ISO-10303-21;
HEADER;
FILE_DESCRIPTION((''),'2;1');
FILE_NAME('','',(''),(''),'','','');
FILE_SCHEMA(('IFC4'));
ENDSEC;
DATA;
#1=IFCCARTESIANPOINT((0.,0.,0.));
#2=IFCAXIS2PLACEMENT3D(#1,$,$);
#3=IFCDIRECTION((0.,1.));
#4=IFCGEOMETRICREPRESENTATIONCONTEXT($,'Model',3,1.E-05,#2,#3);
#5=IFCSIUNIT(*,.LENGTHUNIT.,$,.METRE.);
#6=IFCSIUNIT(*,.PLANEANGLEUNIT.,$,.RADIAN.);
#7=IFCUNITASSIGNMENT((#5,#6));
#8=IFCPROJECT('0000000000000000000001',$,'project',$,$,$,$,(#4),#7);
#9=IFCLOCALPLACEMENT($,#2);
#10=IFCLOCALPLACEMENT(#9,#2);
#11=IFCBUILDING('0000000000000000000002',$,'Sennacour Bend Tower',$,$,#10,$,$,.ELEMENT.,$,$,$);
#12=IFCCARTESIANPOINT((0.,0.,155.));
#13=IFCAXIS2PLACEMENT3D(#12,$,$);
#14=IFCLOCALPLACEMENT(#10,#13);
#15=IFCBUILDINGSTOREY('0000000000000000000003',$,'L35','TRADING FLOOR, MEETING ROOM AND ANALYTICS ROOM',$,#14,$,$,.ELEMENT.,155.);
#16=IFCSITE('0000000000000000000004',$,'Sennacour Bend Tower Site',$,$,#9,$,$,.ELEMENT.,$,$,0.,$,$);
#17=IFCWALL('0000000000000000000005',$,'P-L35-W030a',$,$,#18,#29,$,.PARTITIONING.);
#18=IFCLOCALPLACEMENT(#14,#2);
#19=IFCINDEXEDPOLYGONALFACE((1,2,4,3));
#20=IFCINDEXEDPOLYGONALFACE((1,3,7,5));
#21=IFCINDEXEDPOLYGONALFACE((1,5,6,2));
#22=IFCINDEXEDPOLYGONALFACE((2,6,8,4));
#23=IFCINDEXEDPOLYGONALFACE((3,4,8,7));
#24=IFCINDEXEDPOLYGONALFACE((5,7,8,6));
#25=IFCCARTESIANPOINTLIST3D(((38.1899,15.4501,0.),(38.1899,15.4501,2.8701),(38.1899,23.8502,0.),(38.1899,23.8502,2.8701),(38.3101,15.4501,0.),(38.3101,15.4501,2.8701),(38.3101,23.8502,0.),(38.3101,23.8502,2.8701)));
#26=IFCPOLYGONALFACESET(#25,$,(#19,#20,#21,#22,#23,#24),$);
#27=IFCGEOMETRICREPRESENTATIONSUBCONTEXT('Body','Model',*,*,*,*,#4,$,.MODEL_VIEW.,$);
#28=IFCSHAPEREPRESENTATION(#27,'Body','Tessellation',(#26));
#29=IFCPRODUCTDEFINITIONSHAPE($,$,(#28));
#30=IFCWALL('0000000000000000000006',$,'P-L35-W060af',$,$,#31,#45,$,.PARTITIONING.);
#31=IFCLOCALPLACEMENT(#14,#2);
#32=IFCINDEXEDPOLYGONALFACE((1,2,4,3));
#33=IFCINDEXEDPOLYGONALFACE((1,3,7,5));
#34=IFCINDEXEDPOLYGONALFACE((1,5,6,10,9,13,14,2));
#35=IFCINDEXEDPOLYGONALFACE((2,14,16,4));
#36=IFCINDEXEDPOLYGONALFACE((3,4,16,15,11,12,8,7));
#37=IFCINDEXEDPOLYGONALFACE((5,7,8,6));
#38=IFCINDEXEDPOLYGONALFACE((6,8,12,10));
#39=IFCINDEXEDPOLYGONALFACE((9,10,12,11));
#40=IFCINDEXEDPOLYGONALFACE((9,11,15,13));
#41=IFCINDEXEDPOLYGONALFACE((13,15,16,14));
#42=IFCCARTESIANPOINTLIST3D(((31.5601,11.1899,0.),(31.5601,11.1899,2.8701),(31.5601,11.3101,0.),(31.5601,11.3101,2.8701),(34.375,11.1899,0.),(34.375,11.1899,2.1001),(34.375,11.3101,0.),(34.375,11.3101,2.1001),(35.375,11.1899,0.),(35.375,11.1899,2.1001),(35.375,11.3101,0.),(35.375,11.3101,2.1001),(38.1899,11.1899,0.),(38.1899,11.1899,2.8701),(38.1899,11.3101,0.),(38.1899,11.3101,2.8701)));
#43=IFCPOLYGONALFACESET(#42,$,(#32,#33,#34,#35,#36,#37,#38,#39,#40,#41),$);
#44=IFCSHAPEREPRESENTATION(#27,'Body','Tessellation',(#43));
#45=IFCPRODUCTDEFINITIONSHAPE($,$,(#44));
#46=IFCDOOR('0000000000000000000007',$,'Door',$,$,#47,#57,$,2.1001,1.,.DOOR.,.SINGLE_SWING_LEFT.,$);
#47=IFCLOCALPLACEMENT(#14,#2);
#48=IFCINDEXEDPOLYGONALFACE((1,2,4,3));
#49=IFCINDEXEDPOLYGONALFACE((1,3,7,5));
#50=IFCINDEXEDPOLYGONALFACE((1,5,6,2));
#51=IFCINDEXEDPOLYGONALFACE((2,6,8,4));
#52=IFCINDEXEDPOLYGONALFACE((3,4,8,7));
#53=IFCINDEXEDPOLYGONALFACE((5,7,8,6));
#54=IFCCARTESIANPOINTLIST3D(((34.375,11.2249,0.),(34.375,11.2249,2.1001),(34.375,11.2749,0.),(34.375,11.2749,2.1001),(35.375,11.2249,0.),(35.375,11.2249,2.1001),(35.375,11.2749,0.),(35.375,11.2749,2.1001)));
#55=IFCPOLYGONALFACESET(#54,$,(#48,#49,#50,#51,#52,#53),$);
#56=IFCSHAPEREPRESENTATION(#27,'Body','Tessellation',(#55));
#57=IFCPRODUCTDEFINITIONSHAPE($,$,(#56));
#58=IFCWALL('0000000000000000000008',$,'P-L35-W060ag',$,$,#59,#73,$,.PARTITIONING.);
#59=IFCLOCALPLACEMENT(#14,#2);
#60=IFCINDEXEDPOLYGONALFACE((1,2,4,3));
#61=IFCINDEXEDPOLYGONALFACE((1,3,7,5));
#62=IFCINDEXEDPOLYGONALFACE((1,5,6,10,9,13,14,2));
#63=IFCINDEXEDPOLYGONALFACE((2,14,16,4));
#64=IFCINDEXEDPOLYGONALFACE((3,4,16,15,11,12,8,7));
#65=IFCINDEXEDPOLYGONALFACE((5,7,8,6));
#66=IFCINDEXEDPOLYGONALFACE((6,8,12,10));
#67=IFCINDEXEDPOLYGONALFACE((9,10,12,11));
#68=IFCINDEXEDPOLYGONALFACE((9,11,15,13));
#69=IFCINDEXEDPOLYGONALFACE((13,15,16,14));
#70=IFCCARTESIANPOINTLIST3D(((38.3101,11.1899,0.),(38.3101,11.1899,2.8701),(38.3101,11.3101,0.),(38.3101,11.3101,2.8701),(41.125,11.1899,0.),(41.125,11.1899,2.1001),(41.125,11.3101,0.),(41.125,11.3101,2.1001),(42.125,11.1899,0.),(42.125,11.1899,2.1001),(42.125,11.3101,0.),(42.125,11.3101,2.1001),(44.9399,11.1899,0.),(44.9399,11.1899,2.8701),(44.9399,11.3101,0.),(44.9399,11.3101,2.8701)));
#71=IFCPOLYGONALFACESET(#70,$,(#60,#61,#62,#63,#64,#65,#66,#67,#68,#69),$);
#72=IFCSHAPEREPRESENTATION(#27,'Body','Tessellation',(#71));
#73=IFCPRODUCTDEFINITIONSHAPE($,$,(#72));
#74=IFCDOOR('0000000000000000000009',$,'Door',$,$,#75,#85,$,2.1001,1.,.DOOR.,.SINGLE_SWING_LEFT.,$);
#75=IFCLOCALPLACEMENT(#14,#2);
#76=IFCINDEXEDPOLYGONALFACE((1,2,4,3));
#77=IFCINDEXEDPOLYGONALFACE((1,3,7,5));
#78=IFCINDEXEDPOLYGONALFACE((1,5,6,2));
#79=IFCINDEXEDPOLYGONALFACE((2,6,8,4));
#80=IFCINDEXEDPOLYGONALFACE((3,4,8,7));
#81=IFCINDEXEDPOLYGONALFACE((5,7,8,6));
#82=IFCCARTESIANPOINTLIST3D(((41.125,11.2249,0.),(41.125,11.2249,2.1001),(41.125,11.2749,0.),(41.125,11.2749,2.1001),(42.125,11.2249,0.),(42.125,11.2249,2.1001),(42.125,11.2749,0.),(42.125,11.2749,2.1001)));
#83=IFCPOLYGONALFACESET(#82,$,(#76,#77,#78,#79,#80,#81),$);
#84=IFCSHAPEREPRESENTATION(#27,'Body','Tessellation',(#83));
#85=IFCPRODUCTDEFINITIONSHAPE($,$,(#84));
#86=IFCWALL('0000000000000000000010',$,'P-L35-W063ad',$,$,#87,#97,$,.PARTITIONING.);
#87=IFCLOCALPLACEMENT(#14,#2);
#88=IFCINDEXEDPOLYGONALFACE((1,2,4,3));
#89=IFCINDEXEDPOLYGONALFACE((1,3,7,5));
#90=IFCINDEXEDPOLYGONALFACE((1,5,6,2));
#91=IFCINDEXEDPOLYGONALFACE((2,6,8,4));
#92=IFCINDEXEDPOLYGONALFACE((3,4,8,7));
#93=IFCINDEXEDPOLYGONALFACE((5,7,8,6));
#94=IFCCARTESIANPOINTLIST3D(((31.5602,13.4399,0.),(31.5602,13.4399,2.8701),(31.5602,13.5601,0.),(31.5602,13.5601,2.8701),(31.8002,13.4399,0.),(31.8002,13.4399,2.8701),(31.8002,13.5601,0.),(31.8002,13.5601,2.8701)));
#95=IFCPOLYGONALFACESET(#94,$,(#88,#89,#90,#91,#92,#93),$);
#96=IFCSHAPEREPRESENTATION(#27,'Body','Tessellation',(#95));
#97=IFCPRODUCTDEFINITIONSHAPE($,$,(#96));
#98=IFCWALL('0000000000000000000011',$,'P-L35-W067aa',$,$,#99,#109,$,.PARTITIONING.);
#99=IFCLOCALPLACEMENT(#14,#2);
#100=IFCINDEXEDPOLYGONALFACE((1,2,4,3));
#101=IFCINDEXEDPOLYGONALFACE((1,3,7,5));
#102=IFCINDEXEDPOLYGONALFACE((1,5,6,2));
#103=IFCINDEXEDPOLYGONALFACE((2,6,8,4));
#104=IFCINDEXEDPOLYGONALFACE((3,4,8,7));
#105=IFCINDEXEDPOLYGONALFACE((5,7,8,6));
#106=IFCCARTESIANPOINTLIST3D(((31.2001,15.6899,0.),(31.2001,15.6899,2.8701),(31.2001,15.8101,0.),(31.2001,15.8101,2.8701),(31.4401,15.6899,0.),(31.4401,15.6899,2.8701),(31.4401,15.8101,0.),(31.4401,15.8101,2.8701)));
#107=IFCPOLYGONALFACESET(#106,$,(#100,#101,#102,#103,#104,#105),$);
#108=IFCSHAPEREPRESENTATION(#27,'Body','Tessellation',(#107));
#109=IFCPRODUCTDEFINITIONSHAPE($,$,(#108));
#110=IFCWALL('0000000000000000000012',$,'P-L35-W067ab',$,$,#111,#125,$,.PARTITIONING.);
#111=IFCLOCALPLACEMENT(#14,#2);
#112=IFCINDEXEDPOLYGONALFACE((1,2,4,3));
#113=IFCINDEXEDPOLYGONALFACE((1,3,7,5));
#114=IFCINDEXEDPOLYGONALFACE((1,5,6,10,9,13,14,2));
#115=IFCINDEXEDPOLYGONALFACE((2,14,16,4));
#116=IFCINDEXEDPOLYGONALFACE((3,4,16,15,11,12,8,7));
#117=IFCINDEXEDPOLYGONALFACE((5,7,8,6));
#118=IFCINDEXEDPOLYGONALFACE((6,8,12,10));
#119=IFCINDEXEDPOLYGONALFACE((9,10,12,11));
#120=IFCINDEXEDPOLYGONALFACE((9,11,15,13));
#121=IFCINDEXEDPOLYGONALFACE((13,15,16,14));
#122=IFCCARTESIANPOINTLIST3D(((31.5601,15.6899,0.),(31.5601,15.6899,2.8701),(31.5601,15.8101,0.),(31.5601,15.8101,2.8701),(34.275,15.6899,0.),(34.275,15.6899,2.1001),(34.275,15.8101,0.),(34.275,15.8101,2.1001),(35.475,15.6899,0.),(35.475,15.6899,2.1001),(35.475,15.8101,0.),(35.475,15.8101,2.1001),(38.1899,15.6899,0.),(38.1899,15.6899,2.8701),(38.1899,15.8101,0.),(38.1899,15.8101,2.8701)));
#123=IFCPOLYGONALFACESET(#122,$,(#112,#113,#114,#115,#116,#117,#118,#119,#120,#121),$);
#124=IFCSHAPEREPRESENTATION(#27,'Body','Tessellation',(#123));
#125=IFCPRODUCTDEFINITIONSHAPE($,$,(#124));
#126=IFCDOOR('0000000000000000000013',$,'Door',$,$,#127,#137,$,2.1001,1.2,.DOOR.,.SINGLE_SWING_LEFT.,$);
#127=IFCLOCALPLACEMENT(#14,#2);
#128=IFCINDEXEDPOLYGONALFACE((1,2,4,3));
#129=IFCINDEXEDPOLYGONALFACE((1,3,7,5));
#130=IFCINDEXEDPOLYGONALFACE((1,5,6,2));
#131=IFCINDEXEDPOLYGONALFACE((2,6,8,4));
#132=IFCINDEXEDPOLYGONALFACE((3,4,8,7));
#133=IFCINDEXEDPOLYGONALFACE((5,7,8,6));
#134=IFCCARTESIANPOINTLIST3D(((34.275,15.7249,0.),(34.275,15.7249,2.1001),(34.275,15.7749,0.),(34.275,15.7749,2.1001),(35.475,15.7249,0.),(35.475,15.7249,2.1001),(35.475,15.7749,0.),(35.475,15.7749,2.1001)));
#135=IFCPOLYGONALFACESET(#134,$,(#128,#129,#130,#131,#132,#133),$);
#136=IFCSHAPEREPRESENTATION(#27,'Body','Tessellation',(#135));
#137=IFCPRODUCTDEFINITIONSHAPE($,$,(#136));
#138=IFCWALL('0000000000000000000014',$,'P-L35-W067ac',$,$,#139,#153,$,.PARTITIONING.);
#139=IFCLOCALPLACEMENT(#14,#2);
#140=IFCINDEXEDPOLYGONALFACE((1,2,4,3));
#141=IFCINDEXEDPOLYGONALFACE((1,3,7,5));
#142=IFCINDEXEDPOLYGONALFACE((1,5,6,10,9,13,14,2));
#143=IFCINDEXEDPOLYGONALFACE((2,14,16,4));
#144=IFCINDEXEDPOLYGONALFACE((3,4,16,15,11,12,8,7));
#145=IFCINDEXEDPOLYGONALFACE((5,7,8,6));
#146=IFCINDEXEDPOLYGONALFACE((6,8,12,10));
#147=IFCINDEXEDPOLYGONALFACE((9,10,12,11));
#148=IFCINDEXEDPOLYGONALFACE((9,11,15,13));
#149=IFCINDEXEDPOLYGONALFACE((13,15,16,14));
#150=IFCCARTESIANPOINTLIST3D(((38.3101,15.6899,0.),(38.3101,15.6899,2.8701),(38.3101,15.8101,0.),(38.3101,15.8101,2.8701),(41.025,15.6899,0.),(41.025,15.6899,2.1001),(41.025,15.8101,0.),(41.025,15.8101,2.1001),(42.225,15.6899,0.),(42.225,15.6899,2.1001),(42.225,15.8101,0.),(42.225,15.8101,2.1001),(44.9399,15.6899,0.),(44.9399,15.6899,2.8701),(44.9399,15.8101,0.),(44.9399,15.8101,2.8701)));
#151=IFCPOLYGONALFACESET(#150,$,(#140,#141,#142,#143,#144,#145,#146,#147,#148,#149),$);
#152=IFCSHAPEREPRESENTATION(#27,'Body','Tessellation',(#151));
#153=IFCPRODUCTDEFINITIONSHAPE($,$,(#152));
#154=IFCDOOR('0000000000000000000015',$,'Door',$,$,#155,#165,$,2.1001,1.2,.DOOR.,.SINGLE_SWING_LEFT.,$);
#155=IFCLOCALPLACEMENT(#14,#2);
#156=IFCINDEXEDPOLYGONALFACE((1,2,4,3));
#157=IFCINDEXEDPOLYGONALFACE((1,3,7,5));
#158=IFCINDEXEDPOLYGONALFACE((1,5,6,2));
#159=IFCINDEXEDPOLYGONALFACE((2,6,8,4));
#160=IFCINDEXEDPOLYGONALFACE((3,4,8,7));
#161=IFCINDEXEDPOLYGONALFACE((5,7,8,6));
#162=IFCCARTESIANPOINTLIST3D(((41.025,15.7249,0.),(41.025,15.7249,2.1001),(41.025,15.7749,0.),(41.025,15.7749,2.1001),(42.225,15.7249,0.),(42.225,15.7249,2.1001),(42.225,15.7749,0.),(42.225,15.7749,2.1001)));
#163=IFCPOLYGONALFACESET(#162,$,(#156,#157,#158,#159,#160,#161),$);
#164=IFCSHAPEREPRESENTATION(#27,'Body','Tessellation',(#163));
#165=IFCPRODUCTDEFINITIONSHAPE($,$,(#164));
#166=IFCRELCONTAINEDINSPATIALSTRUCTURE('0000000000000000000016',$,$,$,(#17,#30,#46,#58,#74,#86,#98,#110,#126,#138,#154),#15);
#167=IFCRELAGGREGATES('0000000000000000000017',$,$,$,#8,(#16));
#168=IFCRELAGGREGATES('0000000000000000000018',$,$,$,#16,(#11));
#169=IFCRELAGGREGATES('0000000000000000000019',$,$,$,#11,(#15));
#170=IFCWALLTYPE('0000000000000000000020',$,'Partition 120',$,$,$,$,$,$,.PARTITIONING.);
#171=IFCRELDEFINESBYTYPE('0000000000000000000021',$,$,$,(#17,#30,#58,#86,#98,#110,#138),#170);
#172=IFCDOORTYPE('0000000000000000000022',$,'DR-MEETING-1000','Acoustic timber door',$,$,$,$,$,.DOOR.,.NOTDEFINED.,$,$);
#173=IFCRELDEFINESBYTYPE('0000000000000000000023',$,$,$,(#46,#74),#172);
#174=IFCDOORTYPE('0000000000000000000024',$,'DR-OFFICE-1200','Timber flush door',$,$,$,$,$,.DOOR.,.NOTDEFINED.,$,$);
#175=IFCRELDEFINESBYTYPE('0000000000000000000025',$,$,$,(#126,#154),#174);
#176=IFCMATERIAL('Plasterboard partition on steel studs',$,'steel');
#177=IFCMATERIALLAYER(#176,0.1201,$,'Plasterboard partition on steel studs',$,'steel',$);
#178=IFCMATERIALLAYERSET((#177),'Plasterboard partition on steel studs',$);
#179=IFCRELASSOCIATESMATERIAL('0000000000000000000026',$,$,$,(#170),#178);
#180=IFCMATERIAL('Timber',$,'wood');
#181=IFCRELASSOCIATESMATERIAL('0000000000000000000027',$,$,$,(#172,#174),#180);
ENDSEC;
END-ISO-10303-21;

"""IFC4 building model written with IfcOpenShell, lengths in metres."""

from ifc_helpers import new_model, si_unit, direction, frame, frame_2d, origin, place, context, subcontext, project, spatial, rectangle, extrude, material, layer, layer_set, type_object, element, fill, save


model = new_model("IFC4")

# Units and contexts
model_context = context("Model", 3, precision=1e-05, world=origin(), true_north=direction((0.0, 1.0)))
body_context = subcontext(model_context, "Body", "Model", "MODEL_VIEW")
ifc_project = project(units=[si_unit("LENGTHUNIT", "METRE"), si_unit("PLANEANGLEUNIT", "RADIAN")], contexts=[model_context])

# Site, building, storey
site_placement = place(None, origin())
site = spatial("IfcSite", under=ifc_project, at=site_placement, Name="Sennacour Bend Tower Site", CompositionType="ELEMENT", RefElevation=0.0)
building_placement = place(site_placement, origin())
building = spatial("IfcBuilding", under=site, at=building_placement, Name="Sennacour Bend Tower", CompositionType="ELEMENT")
storey_placement = place(building_placement, frame((0.0, 0.0, 155.0)))
storey = spatial("IfcBuildingStorey", under=building, at=storey_placement, Name="L35", Description="TRADING FLOOR, MEETING ROOM AND ANALYTICS ROOM", CompositionType="ELEMENT", Elevation=155.0)

# Wall
ifc_material_1 = material(Name="Plasterboard partition on steel studs", Category="steel")
ifc_layer_1 = layer(ifc_material_1, 0.1201, Name="Plasterboard partition on steel studs", Category="steel")
ifc_layer_set_1 = layer_set([ifc_layer_1], Name="Plasterboard partition on steel studs")
wall_type_1 = type_object("IfcWallType", Name="Partition 120", PredefinedType="PARTITIONING", material=ifc_layer_set_1)
wall_1_placement = place(storey_placement, frame((38.25, 15.45, 0.0), z_axis=(0.0, 0.0, 1.0), x_axis=(0.0, 1.0, 0.0)))
element("IfcWall", 1, at=wall_1_placement, inside=storey, type_object=wall_type_1, Name="P-L35-W030a", PredefinedType="PARTITIONING", context=body_context, shape_type="SweptSolid", body=[
    extrude(rectangle(XDim=8.4001, YDim=0.1201, at=frame_2d((4.2002, 0.0))), origin(), (0.0, 0.0, 1.0), 2.8701),
])

# Walls, openings, doors
wall_2_placement = place(storey_placement, frame((31.5601, 11.25, 0.0), z_axis=(0.0, 0.0, 1.0), x_axis=(1.0, 0.0, 0.0)))
wall_2 = element("IfcWall", 2, at=wall_2_placement, inside=storey, type_object=wall_type_1, Name="P-L35-W060af", PredefinedType="PARTITIONING", context=body_context, shape_type="SweptSolid", body=[
    extrude(rectangle(XDim=6.6299, YDim=0.1201, at=frame_2d((3.3149, 0.0))), origin(), (0.0, 0.0, 1.0), 2.8701),
])
opening_1_placement = place(wall_2_placement, frame((2.8149, 0.0, 0.0)))
opening_1 = element("IfcOpeningElement", 3, at=opening_1_placement, cuts=wall_2, PredefinedType="OPENING", context=body_context, shape_type="SweptSolid", body=[
    extrude(rectangle(XDim=1.0, YDim=2.1001, at=frame_2d((0.5, 1.05))), frame((0.0, 0.0701, 0.0), z_axis=(0.0, -1.0, 0.0), x_axis=(1.0, 0.0, 0.0)), (0.0, 0.0, 1.0), 0.1401),
])
ifc_material_2 = material(Name="Timber", Category="wood")
door_type_1 = type_object("IfcDoorType", Name="DR-MEETING-1000", Description="Acoustic timber door", OperationType="NOTDEFINED", PredefinedType="DOOR", material=ifc_material_2)
door_1_placement = place(opening_1_placement, origin())
door_1 = element("IfcDoor", 4, at=door_1_placement, inside=storey, type_object=door_type_1, Name="Door", OperationType="SINGLE_SWING_LEFT", OverallHeight=2.1001, OverallWidth=1.0, PredefinedType="DOOR", context=body_context, shape_type="SweptSolid", body=[
    extrude(rectangle(XDim=1.0, YDim=2.1001, at=frame_2d((0.5, 1.05))), frame((0.0, 0.0249, 0.0), z_axis=(0.0, -1.0, 0.0), x_axis=(1.0, 0.0, 0.0)), (0.0, 0.0, 1.0), 0.05),
])
fill(opening_1, door_1)
wall_3_placement = place(storey_placement, frame((38.3101, 11.25, 0.0), z_axis=(0.0, 0.0, 1.0), x_axis=(1.0, 0.0, 0.0)))
wall_3 = element("IfcWall", 5, at=wall_3_placement, inside=storey, type_object=wall_type_1, Name="P-L35-W060ag", PredefinedType="PARTITIONING", context=body_context, shape_type="SweptSolid", body=[
    extrude(rectangle(XDim=6.6299, YDim=0.1201, at=frame_2d((3.3149, 0.0))), origin(), (0.0, 0.0, 1.0), 2.8701),
])
opening_2_placement = place(wall_3_placement, frame((2.8149, 0.0, 0.0)))
opening_2 = element("IfcOpeningElement", 6, at=opening_2_placement, cuts=wall_3, PredefinedType="OPENING", context=body_context, shape_type="SweptSolid", body=[
    extrude(rectangle(XDim=1.0, YDim=2.1001, at=frame_2d((0.5, 1.05))), frame((0.0, 0.0701, 0.0), z_axis=(0.0, -1.0, 0.0), x_axis=(1.0, 0.0, 0.0)), (0.0, 0.0, 1.0), 0.1401),
])
door_2_placement = place(opening_2_placement, origin())
door_2 = element("IfcDoor", 7, at=door_2_placement, inside=storey, type_object=door_type_1, Name="Door", OperationType="SINGLE_SWING_LEFT", OverallHeight=2.1001, OverallWidth=1.0, PredefinedType="DOOR", context=body_context, shape_type="SweptSolid", body=[
    extrude(rectangle(XDim=1.0, YDim=2.1001, at=frame_2d((0.5, 1.05))), frame((0.0, 0.0249, 0.0), z_axis=(0.0, -1.0, 0.0), x_axis=(1.0, 0.0, 0.0)), (0.0, 0.0, 1.0), 0.05),
])
fill(opening_2, door_2)

# Walls
for number, where, z_axis, x_axis, name in (
    (8, (31.5601, 13.5, 0.0), (0.0, 0.0, 1.0), (1.0, 0.0, 0.0), "P-L35-W063ad"),
    (9, (31.2, 15.75, 0.0), (0.0, 0.0, 1.0), (1.0, 0.0, 0.0), "P-L35-W067aa"),
):
    element("IfcWall", number, at=place(storey_placement, frame(where, z_axis=z_axis, x_axis=x_axis)), inside=storey, type_object=wall_type_1, Name=name, PredefinedType="PARTITIONING", context=body_context, shape_type="SweptSolid", body=[
        extrude(rectangle(XDim=0.24, YDim=0.1201, at=frame_2d((0.1201, 0.0))), origin(), (0.0, 0.0, 1.0), 2.8701),
    ])

# Walls, openings, doors
wall_4_placement = place(storey_placement, frame((31.5601, 15.75, 0.0), z_axis=(0.0, 0.0, 1.0), x_axis=(1.0, 0.0, 0.0)))
wall_4 = element("IfcWall", 10, at=wall_4_placement, inside=storey, type_object=wall_type_1, Name="P-L35-W067ab", PredefinedType="PARTITIONING", context=body_context, shape_type="SweptSolid", body=[
    extrude(rectangle(XDim=6.6299, YDim=0.1201, at=frame_2d((3.3149, 0.0))), origin(), (0.0, 0.0, 1.0), 2.8701),
])
opening_3_placement = place(wall_4_placement, frame((2.7148, 0.0, 0.0)))
opening_3 = element("IfcOpeningElement", 11, at=opening_3_placement, cuts=wall_4, PredefinedType="OPENING", context=body_context, shape_type="SweptSolid", body=[
    extrude(rectangle(XDim=1.2, YDim=2.1001, at=frame_2d((0.6001, 1.05))), frame((0.0, 0.0701, 0.0), z_axis=(0.0, -1.0, 0.0), x_axis=(1.0, 0.0, 0.0)), (0.0, 0.0, 1.0), 0.1401),
])
door_type_2 = type_object("IfcDoorType", Name="DR-OFFICE-1200", Description="Timber flush door", OperationType="NOTDEFINED", PredefinedType="DOOR", material=ifc_material_2)
door_3_placement = place(opening_3_placement, origin())
door_3 = element("IfcDoor", 12, at=door_3_placement, inside=storey, type_object=door_type_2, Name="Door", OperationType="SINGLE_SWING_LEFT", OverallHeight=2.1001, OverallWidth=1.2, PredefinedType="DOOR", context=body_context, shape_type="SweptSolid", body=[
    extrude(rectangle(XDim=1.2, YDim=2.1001, at=frame_2d((0.6001, 1.05))), frame((0.0, 0.0249, 0.0), z_axis=(0.0, -1.0, 0.0), x_axis=(1.0, 0.0, 0.0)), (0.0, 0.0, 1.0), 0.05),
])
fill(opening_3, door_3)
wall_5_placement = place(storey_placement, frame((38.3101, 15.75, 0.0), z_axis=(0.0, 0.0, 1.0), x_axis=(1.0, 0.0, 0.0)))
wall_5 = element("IfcWall", 13, at=wall_5_placement, inside=storey, type_object=wall_type_1, Name="P-L35-W067ac", PredefinedType="PARTITIONING", context=body_context, shape_type="SweptSolid", body=[
    extrude(rectangle(XDim=6.6299, YDim=0.1201, at=frame_2d((3.3149, 0.0))), origin(), (0.0, 0.0, 1.0), 2.8701),
])
opening_4_placement = place(wall_5_placement, frame((2.7148, 0.0, 0.0)))
opening_4 = element("IfcOpeningElement", 14, at=opening_4_placement, cuts=wall_5, PredefinedType="OPENING", context=body_context, shape_type="SweptSolid", body=[
    extrude(rectangle(XDim=1.2, YDim=2.1001, at=frame_2d((0.6001, 1.05))), frame((0.0, 0.0701, 0.0), z_axis=(0.0, -1.0, 0.0), x_axis=(1.0, 0.0, 0.0)), (0.0, 0.0, 1.0), 0.1401),
])
door_4_placement = place(opening_4_placement, origin())
door_4 = element("IfcDoor", 15, at=door_4_placement, inside=storey, type_object=door_type_2, Name="Door", OperationType="SINGLE_SWING_LEFT", OverallHeight=2.1001, OverallWidth=1.2, PredefinedType="DOOR", context=body_context, shape_type="SweptSolid", body=[
    extrude(rectangle(XDim=1.2, YDim=2.1001, at=frame_2d((0.6001, 1.05))), frame((0.0, 0.0249, 0.0), z_axis=(0.0, -1.0, 0.0), x_axis=(1.0, 0.0, 0.0)), (0.0, 0.0, 1.0), 0.05),
])
fill(opening_4, door_4)

save(model, "model.ifc")
